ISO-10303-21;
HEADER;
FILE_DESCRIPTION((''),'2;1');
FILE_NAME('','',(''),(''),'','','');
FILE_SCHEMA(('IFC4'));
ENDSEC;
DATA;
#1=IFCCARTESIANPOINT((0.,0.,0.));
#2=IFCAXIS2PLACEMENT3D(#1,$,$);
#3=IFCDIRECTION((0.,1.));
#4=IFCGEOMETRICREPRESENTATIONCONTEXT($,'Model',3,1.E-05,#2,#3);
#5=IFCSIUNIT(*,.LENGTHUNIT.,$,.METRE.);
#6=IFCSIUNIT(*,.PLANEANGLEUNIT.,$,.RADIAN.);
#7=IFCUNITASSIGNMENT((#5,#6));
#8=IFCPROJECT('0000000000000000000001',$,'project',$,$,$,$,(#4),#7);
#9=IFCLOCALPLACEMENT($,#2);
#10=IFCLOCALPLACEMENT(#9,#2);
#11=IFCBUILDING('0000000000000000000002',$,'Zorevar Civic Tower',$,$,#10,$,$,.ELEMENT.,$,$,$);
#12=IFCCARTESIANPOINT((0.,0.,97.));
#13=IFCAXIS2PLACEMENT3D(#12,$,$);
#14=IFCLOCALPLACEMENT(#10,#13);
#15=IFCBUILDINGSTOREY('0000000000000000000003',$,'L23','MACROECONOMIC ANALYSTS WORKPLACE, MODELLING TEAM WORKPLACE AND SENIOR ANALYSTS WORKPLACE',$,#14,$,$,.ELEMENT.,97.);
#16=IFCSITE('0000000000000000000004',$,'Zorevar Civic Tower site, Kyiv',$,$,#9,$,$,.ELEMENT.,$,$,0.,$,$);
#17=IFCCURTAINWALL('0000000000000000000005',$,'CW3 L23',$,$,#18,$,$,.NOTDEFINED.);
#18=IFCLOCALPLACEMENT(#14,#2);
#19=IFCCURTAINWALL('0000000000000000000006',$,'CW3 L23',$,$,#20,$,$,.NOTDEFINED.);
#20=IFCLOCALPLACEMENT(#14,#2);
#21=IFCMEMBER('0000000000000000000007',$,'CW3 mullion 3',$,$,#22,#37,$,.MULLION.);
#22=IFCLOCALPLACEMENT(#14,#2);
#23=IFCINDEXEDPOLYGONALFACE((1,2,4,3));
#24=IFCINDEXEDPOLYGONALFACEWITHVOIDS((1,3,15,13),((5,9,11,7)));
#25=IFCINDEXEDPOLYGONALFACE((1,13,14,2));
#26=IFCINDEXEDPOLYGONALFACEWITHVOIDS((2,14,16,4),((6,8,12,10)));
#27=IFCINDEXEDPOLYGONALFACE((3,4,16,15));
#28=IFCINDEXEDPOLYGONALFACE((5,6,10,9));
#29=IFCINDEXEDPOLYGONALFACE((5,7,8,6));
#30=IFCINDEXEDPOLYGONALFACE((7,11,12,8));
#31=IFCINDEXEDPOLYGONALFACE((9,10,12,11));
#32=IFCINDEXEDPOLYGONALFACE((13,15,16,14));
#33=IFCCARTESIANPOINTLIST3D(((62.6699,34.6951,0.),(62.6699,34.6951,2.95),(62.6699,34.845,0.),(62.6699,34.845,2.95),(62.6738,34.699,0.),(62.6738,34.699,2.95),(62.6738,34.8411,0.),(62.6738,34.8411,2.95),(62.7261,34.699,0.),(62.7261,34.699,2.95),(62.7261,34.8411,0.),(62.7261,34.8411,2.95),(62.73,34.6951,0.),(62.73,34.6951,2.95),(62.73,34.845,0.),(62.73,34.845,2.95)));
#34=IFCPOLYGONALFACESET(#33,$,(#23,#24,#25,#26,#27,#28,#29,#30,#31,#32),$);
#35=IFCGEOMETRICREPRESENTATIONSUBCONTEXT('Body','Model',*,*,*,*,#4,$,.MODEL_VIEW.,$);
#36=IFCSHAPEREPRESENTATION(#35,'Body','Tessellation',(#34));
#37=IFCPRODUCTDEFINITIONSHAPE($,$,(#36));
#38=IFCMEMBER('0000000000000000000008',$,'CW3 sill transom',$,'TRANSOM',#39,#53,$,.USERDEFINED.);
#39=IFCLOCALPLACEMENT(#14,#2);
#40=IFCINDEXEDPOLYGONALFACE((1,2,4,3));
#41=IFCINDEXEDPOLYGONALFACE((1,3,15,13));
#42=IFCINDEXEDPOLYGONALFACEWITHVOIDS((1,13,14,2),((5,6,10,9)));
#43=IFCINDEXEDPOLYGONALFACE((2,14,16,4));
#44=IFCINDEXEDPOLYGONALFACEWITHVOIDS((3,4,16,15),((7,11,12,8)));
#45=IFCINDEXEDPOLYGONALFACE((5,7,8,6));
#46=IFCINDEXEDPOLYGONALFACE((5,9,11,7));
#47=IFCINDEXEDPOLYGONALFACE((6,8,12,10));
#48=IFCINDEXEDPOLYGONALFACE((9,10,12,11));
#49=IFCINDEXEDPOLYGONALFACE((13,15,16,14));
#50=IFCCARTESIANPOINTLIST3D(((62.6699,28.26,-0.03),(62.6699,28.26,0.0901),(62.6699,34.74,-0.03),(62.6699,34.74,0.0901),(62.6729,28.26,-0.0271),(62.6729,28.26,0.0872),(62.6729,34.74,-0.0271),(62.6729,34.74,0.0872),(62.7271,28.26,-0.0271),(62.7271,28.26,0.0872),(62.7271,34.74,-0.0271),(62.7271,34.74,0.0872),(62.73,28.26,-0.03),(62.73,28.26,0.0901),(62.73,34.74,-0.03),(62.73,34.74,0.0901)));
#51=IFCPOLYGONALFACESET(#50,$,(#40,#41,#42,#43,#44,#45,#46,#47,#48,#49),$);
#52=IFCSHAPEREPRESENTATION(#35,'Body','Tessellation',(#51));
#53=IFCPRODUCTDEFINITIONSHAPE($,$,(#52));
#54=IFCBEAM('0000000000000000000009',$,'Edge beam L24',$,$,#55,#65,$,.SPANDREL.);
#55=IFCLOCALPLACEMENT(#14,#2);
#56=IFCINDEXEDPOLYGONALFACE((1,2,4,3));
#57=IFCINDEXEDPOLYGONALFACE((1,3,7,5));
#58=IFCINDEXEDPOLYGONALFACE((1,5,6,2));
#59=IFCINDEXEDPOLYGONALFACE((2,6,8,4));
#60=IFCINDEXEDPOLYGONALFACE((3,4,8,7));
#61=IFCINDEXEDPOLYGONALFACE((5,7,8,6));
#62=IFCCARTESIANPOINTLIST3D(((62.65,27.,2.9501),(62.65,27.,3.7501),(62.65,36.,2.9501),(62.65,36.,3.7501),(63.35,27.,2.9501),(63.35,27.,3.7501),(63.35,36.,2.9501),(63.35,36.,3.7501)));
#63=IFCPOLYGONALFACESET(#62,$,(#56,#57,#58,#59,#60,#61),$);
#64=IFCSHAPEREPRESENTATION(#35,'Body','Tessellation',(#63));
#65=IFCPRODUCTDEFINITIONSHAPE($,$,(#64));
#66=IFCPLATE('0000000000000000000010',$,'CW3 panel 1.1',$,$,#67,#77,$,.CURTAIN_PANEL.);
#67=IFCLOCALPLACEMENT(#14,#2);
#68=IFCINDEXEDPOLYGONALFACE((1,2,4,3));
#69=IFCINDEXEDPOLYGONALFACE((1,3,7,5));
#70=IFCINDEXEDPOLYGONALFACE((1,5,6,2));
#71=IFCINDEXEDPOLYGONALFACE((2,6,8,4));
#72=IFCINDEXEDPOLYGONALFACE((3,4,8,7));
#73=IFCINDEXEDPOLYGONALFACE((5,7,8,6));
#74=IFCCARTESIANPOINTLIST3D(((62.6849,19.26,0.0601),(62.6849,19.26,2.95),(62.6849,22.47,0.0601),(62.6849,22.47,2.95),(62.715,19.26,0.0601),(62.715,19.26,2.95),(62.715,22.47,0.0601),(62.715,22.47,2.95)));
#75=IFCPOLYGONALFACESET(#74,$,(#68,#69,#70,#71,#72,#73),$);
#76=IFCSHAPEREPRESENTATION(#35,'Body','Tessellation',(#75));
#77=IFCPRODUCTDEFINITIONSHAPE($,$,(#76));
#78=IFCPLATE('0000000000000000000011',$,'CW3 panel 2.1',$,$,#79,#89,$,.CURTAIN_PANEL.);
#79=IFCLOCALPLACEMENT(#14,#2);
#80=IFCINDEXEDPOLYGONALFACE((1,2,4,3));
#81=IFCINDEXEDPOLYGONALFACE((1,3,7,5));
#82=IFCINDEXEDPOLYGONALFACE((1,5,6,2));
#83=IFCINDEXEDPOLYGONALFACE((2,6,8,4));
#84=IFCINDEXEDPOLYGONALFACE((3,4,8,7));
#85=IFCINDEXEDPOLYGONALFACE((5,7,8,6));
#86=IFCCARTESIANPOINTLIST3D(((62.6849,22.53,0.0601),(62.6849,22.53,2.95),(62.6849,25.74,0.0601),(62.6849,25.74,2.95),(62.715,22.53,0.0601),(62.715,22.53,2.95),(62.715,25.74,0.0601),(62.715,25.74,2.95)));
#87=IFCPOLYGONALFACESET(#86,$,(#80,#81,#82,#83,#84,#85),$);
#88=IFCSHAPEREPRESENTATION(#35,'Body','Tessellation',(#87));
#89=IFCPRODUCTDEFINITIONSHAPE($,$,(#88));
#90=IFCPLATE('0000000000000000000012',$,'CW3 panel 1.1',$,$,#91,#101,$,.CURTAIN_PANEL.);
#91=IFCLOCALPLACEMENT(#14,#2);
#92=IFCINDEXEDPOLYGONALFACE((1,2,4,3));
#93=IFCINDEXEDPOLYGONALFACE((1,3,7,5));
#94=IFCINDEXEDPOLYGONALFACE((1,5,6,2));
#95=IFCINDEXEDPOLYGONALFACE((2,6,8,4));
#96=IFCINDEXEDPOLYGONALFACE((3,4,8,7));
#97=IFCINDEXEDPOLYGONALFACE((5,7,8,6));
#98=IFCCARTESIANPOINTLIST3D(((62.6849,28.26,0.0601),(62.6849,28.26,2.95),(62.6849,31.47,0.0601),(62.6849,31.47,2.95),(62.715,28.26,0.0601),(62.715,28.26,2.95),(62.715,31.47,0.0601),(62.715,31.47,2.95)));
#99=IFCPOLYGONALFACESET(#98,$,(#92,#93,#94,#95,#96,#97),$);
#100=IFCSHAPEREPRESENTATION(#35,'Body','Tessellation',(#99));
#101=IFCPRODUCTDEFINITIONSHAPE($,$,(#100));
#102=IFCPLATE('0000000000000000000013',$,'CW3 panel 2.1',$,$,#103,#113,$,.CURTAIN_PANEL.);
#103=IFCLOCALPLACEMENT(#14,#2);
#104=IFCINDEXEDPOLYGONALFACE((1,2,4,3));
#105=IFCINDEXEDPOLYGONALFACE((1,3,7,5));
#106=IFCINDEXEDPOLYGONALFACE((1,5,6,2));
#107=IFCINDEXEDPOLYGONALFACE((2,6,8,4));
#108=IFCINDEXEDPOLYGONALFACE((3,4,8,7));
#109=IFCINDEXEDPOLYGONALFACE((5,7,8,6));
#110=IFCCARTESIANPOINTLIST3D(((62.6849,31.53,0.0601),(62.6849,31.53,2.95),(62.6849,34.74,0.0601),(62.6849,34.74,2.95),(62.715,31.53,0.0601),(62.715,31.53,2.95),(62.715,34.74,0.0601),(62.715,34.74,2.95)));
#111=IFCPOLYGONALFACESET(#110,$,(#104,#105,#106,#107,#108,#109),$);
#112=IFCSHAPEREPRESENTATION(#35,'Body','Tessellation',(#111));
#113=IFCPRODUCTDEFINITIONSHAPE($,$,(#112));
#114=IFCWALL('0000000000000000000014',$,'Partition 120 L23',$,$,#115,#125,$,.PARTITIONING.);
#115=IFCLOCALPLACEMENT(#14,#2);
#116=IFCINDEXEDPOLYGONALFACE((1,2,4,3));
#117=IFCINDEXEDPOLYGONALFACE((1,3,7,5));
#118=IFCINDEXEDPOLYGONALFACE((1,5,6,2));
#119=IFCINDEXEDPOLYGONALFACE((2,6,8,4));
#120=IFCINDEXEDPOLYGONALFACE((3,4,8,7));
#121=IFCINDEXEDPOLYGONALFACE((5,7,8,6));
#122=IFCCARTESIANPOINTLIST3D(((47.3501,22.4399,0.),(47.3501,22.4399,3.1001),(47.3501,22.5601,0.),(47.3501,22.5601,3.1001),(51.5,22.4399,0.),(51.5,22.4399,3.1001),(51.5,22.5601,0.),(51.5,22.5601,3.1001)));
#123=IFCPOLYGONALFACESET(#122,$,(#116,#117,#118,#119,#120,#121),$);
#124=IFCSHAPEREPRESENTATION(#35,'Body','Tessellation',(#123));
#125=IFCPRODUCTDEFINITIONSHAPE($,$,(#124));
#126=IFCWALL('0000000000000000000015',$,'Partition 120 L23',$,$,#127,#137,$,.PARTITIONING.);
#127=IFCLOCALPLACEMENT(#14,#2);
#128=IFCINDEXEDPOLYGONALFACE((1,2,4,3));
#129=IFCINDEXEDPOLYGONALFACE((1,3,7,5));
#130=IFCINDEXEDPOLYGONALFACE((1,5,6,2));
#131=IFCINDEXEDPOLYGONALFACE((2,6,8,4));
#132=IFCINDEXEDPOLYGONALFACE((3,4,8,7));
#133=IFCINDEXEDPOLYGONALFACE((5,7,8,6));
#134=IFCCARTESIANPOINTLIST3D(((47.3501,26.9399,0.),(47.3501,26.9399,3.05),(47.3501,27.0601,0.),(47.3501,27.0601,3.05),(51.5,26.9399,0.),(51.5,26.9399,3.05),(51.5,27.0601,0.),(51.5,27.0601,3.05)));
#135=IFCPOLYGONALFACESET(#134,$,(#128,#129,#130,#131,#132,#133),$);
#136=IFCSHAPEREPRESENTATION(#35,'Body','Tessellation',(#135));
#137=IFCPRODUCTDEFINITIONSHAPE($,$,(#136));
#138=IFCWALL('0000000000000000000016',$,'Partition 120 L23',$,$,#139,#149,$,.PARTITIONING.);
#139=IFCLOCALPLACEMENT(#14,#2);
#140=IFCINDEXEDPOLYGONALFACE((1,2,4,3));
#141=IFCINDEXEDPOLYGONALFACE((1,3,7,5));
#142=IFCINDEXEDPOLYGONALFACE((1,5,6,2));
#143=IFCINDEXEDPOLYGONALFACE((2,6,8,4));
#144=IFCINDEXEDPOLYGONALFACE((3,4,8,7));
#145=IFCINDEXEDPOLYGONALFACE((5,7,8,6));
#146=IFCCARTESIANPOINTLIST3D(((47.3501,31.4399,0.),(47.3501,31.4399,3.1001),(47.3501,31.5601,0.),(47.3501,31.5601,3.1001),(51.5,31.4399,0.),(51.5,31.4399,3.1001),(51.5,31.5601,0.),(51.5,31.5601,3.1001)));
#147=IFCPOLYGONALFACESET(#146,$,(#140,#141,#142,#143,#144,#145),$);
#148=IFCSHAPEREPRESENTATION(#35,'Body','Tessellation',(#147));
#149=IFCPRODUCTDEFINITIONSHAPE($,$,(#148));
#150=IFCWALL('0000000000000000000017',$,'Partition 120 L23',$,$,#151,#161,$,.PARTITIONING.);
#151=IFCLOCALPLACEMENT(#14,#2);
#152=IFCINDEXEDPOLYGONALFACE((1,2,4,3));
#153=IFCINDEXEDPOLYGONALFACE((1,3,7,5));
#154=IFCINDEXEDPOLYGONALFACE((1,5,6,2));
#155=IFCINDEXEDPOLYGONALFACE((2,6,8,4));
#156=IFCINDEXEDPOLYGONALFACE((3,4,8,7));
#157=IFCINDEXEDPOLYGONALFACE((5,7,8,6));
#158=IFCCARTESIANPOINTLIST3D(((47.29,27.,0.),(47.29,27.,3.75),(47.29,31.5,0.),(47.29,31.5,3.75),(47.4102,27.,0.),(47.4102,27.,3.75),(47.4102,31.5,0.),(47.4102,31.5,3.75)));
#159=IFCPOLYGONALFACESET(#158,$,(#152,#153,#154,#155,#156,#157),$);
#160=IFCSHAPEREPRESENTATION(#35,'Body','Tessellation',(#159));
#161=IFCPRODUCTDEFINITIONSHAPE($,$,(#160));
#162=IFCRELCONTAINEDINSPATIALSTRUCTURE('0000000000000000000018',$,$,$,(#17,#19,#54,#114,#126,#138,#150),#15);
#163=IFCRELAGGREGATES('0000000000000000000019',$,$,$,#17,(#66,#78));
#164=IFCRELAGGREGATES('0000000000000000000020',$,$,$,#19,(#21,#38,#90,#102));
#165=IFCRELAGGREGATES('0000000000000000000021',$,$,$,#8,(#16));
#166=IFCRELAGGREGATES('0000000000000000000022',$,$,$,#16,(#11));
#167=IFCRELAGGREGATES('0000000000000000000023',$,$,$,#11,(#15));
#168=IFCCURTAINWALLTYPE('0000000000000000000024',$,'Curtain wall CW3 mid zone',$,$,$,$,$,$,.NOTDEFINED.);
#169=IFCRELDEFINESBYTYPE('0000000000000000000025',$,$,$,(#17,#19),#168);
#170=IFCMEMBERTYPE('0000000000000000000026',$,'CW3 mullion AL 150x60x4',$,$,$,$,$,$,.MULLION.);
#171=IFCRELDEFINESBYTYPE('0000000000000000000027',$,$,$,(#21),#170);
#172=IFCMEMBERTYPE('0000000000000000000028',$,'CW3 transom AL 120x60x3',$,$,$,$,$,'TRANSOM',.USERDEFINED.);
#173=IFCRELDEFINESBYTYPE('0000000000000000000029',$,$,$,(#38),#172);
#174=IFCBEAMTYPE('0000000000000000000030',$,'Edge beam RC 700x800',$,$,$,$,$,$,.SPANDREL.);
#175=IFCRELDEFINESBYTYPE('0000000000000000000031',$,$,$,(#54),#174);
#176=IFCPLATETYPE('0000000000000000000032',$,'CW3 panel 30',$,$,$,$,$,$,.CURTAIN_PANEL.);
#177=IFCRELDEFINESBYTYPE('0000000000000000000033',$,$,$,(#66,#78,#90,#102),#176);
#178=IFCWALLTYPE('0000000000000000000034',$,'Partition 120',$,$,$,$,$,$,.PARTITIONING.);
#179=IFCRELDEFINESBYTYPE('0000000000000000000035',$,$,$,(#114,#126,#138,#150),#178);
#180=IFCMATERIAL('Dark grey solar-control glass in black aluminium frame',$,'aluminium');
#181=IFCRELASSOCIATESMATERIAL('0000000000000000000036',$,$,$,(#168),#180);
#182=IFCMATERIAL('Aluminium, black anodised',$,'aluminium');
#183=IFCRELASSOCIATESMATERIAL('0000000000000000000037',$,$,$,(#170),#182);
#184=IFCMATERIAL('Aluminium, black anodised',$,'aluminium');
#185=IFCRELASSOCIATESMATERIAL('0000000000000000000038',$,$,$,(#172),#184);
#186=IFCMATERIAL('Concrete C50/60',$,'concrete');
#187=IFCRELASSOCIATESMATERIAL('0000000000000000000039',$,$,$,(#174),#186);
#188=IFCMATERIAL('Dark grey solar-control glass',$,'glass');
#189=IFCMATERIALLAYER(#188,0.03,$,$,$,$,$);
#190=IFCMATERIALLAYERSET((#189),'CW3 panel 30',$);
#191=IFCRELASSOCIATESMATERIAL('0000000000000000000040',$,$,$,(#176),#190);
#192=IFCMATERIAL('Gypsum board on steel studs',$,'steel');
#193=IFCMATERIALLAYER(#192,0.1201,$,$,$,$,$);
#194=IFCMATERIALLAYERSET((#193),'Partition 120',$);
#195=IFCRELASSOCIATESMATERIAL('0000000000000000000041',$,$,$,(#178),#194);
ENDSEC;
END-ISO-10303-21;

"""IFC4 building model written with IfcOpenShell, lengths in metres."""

from ifc_helpers import new_model, si_unit, direction, frame, frame_2d, origin, origin_2d, place, context, subcontext, project, spatial, rectangle, hollow_rectangle, extrude, material, layer, layer_set, material_profile, profile_set, type_object, element, aggregate, save


model = new_model("IFC4")

# Units and contexts
model_context = context("Model", 3, precision=1e-05, world=origin(), true_north=direction((0.0, 1.0)))
body_context = subcontext(model_context, "Body", "Model", "MODEL_VIEW")
ifc_project = project(units=[si_unit("LENGTHUNIT", "METRE"), si_unit("PLANEANGLEUNIT", "RADIAN")], contexts=[model_context])

# Site, building, storey
site_placement = place(None, origin())
site = spatial("IfcSite", under=ifc_project, at=site_placement, Name="Zorevar Civic Tower site, Kyiv", CompositionType="ELEMENT", RefElevation=0.0)
building_placement = place(site_placement, origin())
building = spatial("IfcBuilding", under=site, at=building_placement, Name="Zorevar Civic Tower", CompositionType="ELEMENT")
storey_placement = place(building_placement, frame((0.0, 0.0, 97.0)))
storey = spatial("IfcBuildingStorey", under=building, at=storey_placement, Name="L23", Description="MACROECONOMIC ANALYSTS WORKPLACE, MODELLING TEAM WORKPLACE AND SENIOR ANALYSTS WORKPLACE", CompositionType="ELEMENT", Elevation=97.0)

# Curtain walls, members
ifc_material_1 = material(Name="Dark grey solar-control glass in black aluminium frame", Category="aluminium")
curtain_wall_type = type_object("IfcCurtainWallType", Name="Curtain wall CW3 mid zone", PredefinedType="NOTDEFINED", material=ifc_material_1)
curtain_wall_1_placement = place(storey_placement, origin())
curtain_wall_1 = element("IfcCurtainWall", 1, at=curtain_wall_1_placement, inside=storey, type_object=curtain_wall_type, Name="CW3 L23", PredefinedType="NOTDEFINED")
ifc_material_2 = material(Name="Aluminium, black anodised", Category="aluminium")
ifc_material_profile_1 = material_profile(ifc_material_2, hollow_rectangle(XDim=0.0601, YDim=0.1499, WallThickness=0.0039, at=origin_2d()), Name="AL 150x60x4")
ifc_profile_set_1 = profile_set([ifc_material_profile_1], Name="Aluminium, black anodised")
member_type_1 = type_object("IfcMemberType", Name="CW3 mullion AL 150x60x4", PredefinedType="MULLION", material=ifc_profile_set_1)
curtain_wall_2_placement = place(storey_placement, origin())
curtain_wall_2 = element("IfcCurtainWall", 2, at=curtain_wall_2_placement, inside=storey, type_object=curtain_wall_type, Name="CW3 L23", PredefinedType="NOTDEFINED")
member_1_placement = place(storey_placement, frame((62.7, 34.77, 0.0), z_axis=(0.0, 0.0, 1.0), x_axis=(-1.0, 0.0, 0.0)))
member_1 = element("IfcMember", 3, at=member_1_placement, type_object=member_type_1, Name="CW3 mullion 3", PredefinedType="MULLION", context=body_context, shape_type="SweptSolid", body=[
    extrude(hollow_rectangle(XDim=0.0601, YDim=0.1499, WallThickness=0.0039, at=origin_2d()), origin(), (0.0, 0.0, 1.0), 2.95),
])
ifc_material_3 = material(Name="Aluminium, black anodised", Category="aluminium")
ifc_material_profile_2 = material_profile(ifc_material_3, hollow_rectangle(XDim=0.0601, YDim=0.1201, WallThickness=0.0029, at=origin_2d()), Name="AL 120x60x3")
ifc_profile_set_2 = profile_set([ifc_material_profile_2], Name="Aluminium, black anodised")
member_type_2 = type_object("IfcMemberType", Name="CW3 transom AL 120x60x3", ElementType="TRANSOM", PredefinedType="USERDEFINED", material=ifc_profile_set_2)
member_2_placement = place(storey_placement, frame((62.7, 28.26, 0.03), z_axis=(0.0, 1.0, 0.0), x_axis=(-1.0, 0.0, 0.0)))
member_2 = element("IfcMember", 4, at=member_2_placement, type_object=member_type_2, Name="CW3 sill transom", ObjectType="TRANSOM", PredefinedType="USERDEFINED", context=body_context, shape_type="SweptSolid", body=[
    extrude(hollow_rectangle(XDim=0.0601, YDim=0.1201, WallThickness=0.0029, at=origin_2d()), origin(), (0.0, 0.0, 1.0), 6.48),
])

# Beam
ifc_material_4 = material(Name="Concrete C50/60", Category="concrete")
ifc_material_profile_3 = material_profile(ifc_material_4, rectangle(XDim=0.7, YDim=0.8, at=origin_2d()), Name="RC 700x800")
ifc_profile_set_3 = profile_set([ifc_material_profile_3], Name="Concrete C50/60")
beam_type_1 = type_object("IfcBeamType", Name="Edge beam RC 700x800", PredefinedType="SPANDREL", material=ifc_profile_set_3)
beam_placement = place(storey_placement, frame((63.0, 27.0, 3.3501), z_axis=(0.0, 1.0, 0.0), x_axis=(-1.0, 0.0, 0.0)))
element("IfcBeam", 5, at=beam_placement, inside=storey, type_object=beam_type_1, Name="Edge beam L24", PredefinedType="SPANDREL", context=body_context, shape_type="SweptSolid", body=[
    extrude(rectangle(XDim=0.7, YDim=0.8, at=origin_2d()), origin(), (0.0, 0.0, 1.0), 9.0),
])

# Plates
ifc_material_5 = material(Name="Dark grey solar-control glass", Category="glass")
ifc_layer_1 = layer(ifc_material_5, 0.03)
ifc_layer_set_1 = layer_set([ifc_layer_1], Name="CW3 panel 30")
plate_type = type_object("IfcPlateType", Name="CW3 panel 30", PredefinedType="CURTAIN_PANEL", material=ifc_layer_set_1)
plate_1_placement = place(storey_placement, frame((62.7, 20.865, 0.0601), z_axis=(0.0, 0.0, 1.0), x_axis=(0.0, 1.0, 0.0)))
plate_1 = element("IfcPlate", 6, at=plate_1_placement, type_object=plate_type, Name="CW3 panel 1.1", PredefinedType="CURTAIN_PANEL", context=body_context, shape_type="SweptSolid", body=[
    extrude(rectangle(XDim=3.21, YDim=0.03, at=origin_2d()), origin(), (0.0, 0.0, 1.0), 2.8899),
])
plate_2_placement = place(storey_placement, frame((62.7, 24.135, 0.0601), z_axis=(0.0, 0.0, 1.0), x_axis=(0.0, 1.0, 0.0)))
plate_2 = element("IfcPlate", 7, at=plate_2_placement, type_object=plate_type, Name="CW3 panel 2.1", PredefinedType="CURTAIN_PANEL", context=body_context, shape_type="SweptSolid", body=[
    extrude(rectangle(XDim=3.21, YDim=0.03, at=origin_2d()), origin(), (0.0, 0.0, 1.0), 2.8899),
])
aggregate(curtain_wall_1, [plate_1, plate_2])
plate_3_placement = place(storey_placement, frame((62.7, 29.865, 0.0601), z_axis=(0.0, 0.0, 1.0), x_axis=(0.0, 1.0, 0.0)))
plate_3 = element("IfcPlate", 8, at=plate_3_placement, type_object=plate_type, Name="CW3 panel 1.1", PredefinedType="CURTAIN_PANEL", context=body_context, shape_type="SweptSolid", body=[
    extrude(rectangle(XDim=3.21, YDim=0.03, at=origin_2d()), origin(), (0.0, 0.0, 1.0), 2.8899),
])
plate_4_placement = place(storey_placement, frame((62.7, 33.135, 0.0601), z_axis=(0.0, 0.0, 1.0), x_axis=(0.0, 1.0, 0.0)))
plate_4 = element("IfcPlate", 9, at=plate_4_placement, type_object=plate_type, Name="CW3 panel 2.1", PredefinedType="CURTAIN_PANEL", context=body_context, shape_type="SweptSolid", body=[
    extrude(rectangle(XDim=3.21, YDim=0.03, at=origin_2d()), origin(), (0.0, 0.0, 1.0), 2.8899),
])
aggregate(curtain_wall_2, [member_1, member_2, plate_3, plate_4])

# Walls
ifc_material_6 = material(Name="Gypsum board on steel studs", Category="steel")
ifc_layer_2 = layer(ifc_material_6, 0.1201)
ifc_layer_set_2 = layer_set([ifc_layer_2], Name="Partition 120")
wall_type = type_object("IfcWallType", Name="Partition 120", PredefinedType="PARTITIONING", material=ifc_layer_set_2)
wall_1_placement = place(storey_placement, frame((47.3501, 22.5, 0.0), z_axis=(0.0, 0.0, 1.0), x_axis=(1.0, 0.0, 0.0)))
element("IfcWall", 10, at=wall_1_placement, inside=storey, type_object=wall_type, Name="Partition 120 L23", PredefinedType="PARTITIONING", context=body_context, shape_type="SweptSolid", body=[
    extrude(rectangle(XDim=4.1499, YDim=0.1201, at=frame_2d((2.075, 0.0))), origin(), (0.0, 0.0, 1.0), 3.1001),
])
wall_2_placement = place(storey_placement, frame((47.3501, 27.0, 0.0), z_axis=(0.0, 0.0, 1.0), x_axis=(1.0, 0.0, 0.0)))
element("IfcWall", 11, at=wall_2_placement, inside=storey, type_object=wall_type, Name="Partition 120 L23", PredefinedType="PARTITIONING", context=body_context, shape_type="SweptSolid", body=[
    extrude(rectangle(XDim=4.1499, YDim=0.1201, at=frame_2d((2.075, 0.0))), origin(), (0.0, 0.0, 1.0), 3.05),
])
wall_3_placement = place(storey_placement, frame((47.3501, 31.5, 0.0), z_axis=(0.0, 0.0, 1.0), x_axis=(1.0, 0.0, 0.0)))
element("IfcWall", 12, at=wall_3_placement, inside=storey, type_object=wall_type, Name="Partition 120 L23", PredefinedType="PARTITIONING", context=body_context, shape_type="SweptSolid", body=[
    extrude(rectangle(XDim=4.1499, YDim=0.1201, at=frame_2d((2.075, 0.0))), origin(), (0.0, 0.0, 1.0), 3.1001),
])
wall_4_placement = place(storey_placement, frame((47.3501, 27.0, 0.0), z_axis=(0.0, 0.0, 1.0), x_axis=(0.0, 1.0, 0.0)))
element("IfcWall", 13, at=wall_4_placement, inside=storey, type_object=wall_type, Name="Partition 120 L23", PredefinedType="PARTITIONING", context=body_context, shape_type="SweptSolid", body=[
    extrude(rectangle(XDim=4.5, YDim=0.1201, at=frame_2d((2.25, 0.0))), origin(), (0.0, 0.0, 1.0), 3.75),
])

save(model, "model.ifc")
